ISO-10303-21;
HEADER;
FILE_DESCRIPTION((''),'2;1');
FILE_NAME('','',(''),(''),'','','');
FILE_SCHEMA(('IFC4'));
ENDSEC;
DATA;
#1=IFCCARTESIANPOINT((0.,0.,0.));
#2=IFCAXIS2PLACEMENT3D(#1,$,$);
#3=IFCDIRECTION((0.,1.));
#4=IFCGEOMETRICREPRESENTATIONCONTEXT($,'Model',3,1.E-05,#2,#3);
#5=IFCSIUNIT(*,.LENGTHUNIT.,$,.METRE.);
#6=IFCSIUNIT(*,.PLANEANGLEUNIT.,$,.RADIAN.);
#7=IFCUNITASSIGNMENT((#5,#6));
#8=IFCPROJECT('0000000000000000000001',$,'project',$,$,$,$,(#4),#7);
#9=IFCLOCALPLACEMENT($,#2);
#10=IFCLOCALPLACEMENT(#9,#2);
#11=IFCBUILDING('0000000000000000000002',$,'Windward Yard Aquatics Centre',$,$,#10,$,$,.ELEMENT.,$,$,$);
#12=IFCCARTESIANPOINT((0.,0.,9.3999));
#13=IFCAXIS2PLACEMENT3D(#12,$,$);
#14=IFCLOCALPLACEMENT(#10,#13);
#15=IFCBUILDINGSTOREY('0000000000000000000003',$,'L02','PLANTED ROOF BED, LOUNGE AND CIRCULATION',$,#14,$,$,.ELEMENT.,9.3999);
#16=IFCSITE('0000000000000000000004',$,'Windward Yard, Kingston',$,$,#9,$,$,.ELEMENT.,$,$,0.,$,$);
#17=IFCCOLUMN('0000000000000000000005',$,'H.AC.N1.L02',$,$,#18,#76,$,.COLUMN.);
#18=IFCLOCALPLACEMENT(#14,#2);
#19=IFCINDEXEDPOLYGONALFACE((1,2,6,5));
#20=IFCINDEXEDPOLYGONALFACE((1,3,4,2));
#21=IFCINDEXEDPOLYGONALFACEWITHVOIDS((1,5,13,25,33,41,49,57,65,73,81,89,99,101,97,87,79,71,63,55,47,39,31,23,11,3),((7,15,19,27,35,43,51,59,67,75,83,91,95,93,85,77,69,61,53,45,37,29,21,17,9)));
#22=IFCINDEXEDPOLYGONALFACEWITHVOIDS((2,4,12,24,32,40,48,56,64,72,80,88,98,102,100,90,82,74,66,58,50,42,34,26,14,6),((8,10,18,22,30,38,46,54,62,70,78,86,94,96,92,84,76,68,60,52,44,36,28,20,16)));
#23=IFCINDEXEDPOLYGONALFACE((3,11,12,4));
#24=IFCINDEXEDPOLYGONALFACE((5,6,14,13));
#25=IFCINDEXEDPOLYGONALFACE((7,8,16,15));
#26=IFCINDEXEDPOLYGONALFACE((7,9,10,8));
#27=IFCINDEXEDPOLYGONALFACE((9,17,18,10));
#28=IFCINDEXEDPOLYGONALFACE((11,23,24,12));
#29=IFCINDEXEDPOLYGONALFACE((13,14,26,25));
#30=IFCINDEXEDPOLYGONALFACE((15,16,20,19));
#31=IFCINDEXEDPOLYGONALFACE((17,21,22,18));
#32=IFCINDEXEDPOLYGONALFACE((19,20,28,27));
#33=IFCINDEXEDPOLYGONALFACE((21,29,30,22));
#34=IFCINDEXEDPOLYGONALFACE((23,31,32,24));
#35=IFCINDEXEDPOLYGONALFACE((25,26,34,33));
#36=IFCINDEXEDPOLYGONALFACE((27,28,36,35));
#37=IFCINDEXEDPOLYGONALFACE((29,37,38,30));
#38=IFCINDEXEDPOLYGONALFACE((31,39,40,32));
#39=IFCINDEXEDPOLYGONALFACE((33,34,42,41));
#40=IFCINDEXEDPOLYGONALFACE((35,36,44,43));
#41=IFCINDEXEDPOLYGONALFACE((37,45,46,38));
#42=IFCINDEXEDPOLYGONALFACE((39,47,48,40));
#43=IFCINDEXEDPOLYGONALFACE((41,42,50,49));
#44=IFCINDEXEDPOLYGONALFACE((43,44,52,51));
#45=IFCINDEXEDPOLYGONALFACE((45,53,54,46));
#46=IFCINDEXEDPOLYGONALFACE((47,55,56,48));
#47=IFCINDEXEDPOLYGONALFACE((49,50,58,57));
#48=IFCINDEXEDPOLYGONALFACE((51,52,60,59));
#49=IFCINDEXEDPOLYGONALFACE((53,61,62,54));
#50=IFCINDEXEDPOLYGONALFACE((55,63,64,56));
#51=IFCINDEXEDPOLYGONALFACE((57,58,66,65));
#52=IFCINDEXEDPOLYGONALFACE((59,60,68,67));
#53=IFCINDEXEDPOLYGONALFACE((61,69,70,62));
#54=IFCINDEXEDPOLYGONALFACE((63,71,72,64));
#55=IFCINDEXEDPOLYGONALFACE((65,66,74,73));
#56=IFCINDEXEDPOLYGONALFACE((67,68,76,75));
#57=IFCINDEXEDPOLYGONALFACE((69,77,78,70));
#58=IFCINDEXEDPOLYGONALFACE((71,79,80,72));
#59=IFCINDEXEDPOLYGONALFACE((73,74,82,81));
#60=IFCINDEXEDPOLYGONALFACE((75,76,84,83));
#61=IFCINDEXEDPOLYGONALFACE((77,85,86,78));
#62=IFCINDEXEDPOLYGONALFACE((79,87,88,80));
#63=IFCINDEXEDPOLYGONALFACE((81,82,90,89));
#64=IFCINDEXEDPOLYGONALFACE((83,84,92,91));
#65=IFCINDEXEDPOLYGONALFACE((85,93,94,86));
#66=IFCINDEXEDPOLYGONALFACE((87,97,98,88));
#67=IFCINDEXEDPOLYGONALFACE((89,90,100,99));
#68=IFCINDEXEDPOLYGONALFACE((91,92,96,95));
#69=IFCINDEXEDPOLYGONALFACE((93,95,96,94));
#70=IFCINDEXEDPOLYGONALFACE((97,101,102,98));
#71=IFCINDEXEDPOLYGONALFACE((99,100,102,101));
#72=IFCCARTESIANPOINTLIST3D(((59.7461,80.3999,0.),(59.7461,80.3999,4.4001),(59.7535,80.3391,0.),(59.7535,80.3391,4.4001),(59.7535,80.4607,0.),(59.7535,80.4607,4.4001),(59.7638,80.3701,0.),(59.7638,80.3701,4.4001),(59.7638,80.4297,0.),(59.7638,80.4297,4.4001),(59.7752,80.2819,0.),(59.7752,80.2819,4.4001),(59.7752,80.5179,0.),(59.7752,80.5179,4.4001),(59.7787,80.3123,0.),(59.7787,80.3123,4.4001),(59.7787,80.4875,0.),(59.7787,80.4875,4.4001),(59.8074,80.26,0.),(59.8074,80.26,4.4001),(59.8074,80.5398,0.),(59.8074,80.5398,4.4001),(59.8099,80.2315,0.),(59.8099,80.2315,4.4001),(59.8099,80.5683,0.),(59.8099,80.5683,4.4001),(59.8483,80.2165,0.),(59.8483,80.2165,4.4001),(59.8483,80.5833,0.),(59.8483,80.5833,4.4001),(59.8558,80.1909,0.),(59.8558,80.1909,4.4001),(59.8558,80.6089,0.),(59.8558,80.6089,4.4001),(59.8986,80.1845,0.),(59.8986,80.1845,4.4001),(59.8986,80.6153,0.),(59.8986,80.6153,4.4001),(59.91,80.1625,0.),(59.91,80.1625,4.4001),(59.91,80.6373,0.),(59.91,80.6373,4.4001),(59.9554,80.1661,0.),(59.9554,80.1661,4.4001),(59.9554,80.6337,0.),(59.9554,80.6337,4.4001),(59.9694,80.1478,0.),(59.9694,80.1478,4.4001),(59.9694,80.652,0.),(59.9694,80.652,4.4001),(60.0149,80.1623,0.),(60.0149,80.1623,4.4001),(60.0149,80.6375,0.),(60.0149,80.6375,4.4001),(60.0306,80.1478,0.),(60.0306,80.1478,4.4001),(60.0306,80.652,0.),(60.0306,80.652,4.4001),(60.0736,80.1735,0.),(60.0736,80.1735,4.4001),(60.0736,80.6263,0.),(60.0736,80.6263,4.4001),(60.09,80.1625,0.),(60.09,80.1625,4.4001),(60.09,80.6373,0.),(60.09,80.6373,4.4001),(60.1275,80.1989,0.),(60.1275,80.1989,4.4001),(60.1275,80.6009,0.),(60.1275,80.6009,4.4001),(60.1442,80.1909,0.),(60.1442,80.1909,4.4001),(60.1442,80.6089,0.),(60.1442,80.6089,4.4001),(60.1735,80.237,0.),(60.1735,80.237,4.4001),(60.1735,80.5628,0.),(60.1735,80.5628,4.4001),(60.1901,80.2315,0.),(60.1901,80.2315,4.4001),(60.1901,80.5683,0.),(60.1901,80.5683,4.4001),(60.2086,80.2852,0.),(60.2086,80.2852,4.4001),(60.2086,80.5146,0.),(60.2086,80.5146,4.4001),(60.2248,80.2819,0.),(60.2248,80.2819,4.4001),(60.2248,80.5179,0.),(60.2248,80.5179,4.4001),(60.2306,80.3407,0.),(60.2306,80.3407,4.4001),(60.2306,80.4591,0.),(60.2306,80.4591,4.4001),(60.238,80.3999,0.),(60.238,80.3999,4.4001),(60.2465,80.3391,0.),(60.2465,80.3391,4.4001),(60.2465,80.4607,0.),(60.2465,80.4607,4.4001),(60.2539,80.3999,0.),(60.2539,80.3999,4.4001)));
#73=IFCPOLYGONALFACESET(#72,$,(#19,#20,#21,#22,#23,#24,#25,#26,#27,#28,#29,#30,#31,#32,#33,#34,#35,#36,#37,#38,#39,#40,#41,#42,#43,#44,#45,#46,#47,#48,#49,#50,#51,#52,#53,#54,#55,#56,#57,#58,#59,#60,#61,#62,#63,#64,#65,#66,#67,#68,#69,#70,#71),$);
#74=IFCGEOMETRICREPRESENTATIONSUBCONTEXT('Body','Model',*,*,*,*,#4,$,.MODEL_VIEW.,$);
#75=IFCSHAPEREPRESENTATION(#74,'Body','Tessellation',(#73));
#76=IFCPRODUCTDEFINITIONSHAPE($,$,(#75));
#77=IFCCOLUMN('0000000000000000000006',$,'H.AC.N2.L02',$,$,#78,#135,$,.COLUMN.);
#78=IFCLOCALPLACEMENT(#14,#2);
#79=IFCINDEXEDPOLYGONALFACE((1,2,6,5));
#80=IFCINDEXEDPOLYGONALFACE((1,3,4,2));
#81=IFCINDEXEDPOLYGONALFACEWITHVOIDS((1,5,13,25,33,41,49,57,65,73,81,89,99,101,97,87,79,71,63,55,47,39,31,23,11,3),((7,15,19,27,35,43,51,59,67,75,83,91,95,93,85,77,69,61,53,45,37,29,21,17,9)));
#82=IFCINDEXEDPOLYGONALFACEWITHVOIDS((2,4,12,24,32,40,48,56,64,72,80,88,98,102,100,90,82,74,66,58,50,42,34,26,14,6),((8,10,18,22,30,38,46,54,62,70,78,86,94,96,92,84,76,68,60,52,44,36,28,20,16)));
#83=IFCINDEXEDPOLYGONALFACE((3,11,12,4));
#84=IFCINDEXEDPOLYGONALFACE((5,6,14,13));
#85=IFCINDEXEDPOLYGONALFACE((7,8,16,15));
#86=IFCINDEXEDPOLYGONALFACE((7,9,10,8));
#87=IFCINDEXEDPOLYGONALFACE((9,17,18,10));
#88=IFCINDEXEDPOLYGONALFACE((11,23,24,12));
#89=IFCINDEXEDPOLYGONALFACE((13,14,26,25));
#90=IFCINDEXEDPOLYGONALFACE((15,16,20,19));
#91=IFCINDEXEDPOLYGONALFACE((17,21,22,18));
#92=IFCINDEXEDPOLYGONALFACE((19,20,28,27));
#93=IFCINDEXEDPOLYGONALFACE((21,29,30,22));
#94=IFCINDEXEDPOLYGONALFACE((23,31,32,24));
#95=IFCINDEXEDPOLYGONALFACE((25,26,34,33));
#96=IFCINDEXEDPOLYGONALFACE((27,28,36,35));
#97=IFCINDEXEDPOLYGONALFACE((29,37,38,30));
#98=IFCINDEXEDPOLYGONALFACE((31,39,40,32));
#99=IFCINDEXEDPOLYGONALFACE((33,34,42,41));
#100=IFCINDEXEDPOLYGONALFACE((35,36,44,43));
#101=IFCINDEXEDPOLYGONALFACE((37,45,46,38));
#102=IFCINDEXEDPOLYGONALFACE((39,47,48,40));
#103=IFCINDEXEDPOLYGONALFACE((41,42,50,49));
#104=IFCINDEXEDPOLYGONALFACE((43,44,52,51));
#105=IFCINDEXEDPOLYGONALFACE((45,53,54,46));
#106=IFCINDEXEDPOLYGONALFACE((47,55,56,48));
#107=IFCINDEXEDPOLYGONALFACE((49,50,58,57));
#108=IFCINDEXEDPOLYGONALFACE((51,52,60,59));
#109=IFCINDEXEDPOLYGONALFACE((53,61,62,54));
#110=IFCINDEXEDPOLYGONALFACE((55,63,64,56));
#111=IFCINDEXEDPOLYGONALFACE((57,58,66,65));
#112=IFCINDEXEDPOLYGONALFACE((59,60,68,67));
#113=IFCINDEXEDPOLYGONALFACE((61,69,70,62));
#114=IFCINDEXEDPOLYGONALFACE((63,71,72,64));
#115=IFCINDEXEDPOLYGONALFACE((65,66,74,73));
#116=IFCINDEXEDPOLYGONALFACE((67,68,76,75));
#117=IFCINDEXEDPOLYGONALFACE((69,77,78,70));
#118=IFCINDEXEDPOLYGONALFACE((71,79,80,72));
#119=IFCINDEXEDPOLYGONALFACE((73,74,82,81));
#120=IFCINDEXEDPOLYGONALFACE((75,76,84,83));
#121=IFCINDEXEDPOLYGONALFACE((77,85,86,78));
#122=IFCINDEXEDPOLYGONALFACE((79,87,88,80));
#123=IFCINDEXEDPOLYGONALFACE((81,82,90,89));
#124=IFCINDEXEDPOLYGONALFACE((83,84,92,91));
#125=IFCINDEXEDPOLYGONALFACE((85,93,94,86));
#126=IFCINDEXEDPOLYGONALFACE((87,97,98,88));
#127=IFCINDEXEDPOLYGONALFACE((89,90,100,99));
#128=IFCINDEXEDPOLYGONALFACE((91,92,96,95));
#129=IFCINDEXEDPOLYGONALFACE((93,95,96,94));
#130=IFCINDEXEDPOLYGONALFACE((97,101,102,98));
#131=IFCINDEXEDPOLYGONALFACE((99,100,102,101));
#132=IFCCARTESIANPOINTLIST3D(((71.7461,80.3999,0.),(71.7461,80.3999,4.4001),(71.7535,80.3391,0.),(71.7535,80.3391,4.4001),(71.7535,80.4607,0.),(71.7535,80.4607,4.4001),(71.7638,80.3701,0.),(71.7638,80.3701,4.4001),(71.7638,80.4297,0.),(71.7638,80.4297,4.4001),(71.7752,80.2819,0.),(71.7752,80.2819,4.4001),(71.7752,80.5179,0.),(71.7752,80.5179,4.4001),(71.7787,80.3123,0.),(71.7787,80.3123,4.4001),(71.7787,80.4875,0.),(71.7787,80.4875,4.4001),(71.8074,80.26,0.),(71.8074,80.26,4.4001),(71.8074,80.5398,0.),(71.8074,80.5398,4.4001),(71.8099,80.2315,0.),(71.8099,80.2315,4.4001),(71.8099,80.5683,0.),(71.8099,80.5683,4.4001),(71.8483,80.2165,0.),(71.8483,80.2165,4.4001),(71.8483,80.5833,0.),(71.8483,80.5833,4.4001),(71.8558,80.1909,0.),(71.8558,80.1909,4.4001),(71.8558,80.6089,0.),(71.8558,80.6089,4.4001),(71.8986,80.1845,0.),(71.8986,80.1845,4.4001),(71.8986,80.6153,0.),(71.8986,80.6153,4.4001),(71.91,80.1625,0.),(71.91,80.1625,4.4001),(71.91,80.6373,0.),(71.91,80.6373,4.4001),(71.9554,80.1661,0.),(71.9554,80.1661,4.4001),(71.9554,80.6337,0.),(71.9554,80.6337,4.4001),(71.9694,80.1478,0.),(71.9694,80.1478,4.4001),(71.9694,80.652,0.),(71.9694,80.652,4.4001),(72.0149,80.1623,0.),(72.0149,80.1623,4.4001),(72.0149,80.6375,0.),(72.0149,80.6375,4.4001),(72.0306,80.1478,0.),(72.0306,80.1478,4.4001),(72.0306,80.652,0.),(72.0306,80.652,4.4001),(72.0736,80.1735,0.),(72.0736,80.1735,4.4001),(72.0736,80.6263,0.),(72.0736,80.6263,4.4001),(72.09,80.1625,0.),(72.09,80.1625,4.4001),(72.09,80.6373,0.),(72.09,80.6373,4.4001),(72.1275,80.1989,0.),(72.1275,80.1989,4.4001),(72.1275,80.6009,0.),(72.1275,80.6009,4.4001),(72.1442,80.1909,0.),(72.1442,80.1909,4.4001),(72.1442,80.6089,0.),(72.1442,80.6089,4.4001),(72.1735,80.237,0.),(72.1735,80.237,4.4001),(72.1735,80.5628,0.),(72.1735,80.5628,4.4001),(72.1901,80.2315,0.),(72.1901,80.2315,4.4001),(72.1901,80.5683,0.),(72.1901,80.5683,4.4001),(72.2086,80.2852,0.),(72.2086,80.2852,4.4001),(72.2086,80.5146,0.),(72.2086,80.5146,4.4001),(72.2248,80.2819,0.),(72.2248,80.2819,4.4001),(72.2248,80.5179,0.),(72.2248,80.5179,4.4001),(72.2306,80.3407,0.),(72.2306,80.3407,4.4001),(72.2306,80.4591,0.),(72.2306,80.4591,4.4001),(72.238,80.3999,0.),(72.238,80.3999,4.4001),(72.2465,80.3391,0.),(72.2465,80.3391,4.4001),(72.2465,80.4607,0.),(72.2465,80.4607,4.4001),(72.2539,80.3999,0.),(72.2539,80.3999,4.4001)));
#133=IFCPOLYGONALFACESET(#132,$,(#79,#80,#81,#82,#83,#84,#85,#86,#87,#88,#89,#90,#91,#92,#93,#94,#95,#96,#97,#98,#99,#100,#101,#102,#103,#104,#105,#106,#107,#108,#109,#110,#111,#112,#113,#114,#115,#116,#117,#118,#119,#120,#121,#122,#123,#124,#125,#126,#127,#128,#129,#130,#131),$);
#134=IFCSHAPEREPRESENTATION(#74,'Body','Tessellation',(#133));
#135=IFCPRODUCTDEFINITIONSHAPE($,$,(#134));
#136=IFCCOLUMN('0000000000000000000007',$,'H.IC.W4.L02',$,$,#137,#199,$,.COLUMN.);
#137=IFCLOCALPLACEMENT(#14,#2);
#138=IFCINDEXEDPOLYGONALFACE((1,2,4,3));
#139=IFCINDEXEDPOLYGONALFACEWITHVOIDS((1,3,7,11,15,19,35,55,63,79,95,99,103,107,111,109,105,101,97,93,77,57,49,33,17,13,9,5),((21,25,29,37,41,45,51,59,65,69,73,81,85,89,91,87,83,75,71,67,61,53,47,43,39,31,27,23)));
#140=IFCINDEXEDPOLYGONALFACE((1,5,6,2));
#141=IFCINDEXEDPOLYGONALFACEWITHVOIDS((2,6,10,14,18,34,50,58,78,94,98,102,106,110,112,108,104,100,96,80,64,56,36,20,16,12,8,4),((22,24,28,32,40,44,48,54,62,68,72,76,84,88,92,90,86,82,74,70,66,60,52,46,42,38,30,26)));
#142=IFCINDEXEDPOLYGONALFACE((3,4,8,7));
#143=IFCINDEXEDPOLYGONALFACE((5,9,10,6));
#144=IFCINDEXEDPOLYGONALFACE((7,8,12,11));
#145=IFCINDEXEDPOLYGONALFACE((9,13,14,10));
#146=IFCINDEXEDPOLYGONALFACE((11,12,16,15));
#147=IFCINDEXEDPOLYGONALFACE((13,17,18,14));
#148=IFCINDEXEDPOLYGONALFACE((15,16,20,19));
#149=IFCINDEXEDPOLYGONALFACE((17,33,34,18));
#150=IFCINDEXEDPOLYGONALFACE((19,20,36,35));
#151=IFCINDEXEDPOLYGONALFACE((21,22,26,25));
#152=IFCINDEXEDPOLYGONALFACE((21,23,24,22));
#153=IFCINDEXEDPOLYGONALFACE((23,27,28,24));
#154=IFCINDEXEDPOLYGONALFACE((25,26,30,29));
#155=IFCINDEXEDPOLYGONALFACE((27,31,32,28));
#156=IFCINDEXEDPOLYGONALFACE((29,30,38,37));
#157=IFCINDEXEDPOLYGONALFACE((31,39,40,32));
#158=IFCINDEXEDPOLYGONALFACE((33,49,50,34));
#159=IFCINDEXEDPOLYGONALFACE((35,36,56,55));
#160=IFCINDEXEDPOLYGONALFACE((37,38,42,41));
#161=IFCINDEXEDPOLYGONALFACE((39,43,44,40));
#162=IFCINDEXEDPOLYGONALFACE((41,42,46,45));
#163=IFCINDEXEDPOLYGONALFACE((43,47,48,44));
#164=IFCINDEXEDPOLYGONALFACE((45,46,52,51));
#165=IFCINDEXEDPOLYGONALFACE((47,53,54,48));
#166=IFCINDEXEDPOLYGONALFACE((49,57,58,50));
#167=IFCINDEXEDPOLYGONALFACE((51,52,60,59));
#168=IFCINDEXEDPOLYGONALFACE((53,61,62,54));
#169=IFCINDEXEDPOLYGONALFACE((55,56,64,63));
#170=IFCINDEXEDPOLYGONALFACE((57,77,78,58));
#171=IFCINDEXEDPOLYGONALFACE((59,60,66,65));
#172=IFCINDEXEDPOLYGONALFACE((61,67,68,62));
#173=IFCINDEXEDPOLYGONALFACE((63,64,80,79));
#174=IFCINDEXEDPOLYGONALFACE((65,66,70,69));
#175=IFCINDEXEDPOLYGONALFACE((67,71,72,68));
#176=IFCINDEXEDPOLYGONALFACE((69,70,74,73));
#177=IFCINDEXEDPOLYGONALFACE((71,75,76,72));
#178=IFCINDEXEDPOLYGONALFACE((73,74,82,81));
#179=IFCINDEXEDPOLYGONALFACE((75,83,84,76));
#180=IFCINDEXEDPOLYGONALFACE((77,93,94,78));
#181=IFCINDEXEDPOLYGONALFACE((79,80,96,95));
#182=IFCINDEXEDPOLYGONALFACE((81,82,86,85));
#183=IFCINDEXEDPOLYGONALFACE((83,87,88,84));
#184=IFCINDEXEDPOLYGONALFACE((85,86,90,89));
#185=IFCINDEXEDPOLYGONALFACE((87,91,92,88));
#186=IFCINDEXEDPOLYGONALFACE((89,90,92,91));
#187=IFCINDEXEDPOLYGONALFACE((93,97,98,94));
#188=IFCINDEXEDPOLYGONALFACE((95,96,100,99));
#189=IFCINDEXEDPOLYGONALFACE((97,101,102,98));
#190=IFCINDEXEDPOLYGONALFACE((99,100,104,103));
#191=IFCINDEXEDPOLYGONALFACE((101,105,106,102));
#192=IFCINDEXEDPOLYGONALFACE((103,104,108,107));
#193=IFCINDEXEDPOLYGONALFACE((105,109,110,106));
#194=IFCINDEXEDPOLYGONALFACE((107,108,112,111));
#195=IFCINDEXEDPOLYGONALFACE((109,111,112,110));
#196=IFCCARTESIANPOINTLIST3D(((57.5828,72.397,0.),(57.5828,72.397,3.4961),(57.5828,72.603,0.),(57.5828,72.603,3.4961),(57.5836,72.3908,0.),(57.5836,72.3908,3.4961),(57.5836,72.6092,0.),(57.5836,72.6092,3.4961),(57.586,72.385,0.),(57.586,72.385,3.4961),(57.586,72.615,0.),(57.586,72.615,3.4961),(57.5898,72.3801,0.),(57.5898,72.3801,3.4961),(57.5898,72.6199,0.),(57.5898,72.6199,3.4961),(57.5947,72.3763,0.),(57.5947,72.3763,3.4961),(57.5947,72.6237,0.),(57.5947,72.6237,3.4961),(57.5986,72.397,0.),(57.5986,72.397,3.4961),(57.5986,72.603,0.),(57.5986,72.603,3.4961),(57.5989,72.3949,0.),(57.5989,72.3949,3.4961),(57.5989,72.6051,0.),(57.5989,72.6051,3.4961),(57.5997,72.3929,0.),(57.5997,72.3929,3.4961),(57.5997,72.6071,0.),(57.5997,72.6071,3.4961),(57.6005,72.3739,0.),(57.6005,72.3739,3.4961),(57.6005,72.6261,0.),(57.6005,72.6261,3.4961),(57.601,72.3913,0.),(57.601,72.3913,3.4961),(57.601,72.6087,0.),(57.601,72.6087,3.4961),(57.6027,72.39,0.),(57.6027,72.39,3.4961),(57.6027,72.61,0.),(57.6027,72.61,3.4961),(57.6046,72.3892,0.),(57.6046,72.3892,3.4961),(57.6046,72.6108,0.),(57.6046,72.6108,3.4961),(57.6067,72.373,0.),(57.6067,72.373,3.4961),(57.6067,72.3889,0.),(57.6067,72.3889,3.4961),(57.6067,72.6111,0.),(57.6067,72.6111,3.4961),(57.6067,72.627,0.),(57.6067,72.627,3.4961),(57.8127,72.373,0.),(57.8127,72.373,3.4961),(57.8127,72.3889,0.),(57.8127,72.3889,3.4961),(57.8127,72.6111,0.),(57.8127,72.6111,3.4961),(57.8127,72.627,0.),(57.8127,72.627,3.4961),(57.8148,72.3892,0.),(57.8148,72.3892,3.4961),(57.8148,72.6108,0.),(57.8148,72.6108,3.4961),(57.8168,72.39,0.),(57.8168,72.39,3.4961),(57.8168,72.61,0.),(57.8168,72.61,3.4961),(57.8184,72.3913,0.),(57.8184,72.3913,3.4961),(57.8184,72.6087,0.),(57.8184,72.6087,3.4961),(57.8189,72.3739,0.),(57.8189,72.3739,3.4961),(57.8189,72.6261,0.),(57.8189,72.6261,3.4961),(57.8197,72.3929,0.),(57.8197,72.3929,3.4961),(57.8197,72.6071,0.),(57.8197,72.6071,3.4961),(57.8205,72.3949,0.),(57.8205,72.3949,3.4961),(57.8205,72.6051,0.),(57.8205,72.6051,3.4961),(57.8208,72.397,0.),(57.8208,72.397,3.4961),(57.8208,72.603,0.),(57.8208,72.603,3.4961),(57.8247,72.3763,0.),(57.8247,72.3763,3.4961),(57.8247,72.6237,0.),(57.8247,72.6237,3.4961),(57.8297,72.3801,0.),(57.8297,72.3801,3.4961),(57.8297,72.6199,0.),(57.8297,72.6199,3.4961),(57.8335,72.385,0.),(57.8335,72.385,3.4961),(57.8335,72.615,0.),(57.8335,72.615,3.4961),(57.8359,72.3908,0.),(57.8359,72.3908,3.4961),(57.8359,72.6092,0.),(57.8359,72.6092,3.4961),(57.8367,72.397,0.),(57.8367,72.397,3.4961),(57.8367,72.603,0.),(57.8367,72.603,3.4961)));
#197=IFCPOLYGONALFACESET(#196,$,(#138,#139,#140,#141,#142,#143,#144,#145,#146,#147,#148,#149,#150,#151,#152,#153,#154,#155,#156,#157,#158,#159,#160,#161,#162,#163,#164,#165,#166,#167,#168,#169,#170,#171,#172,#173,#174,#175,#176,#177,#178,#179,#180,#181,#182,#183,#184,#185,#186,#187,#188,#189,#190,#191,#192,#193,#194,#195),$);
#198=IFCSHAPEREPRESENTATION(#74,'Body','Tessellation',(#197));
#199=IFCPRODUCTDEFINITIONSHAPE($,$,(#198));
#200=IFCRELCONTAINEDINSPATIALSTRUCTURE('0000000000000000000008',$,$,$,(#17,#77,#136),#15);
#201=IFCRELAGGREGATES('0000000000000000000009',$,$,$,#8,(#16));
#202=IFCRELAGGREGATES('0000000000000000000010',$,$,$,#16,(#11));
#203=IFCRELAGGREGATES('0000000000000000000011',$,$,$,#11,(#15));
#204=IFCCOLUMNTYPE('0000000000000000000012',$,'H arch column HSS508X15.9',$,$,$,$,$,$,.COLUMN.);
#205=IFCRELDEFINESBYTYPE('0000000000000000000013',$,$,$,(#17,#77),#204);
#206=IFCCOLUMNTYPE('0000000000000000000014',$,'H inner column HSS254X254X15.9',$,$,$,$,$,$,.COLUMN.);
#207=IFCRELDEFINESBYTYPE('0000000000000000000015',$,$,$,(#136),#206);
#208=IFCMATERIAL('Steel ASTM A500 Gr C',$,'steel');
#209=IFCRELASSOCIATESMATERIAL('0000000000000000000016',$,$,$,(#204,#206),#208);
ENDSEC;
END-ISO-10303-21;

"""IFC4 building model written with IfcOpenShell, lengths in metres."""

from ifc_helpers import new_model, si_unit, direction, frame, origin, origin_2d, place, context, subcontext, project, spatial, hollow_rectangle, hollow_circle, extrude, material, material_profile, profile_set, type_object, element, save


model = new_model("IFC4")

# Units and contexts
model_context = context("Model", 3, precision=1e-05, world=origin(), true_north=direction((0.0, 1.0)))
body_context = subcontext(model_context, "Body", "Model", "MODEL_VIEW")
ifc_project = project(units=[si_unit("LENGTHUNIT", "METRE"), si_unit("PLANEANGLEUNIT", "RADIAN")], contexts=[model_context])

# Site, building, storey
site_placement = place(None, origin())
site = spatial("IfcSite", under=ifc_project, at=site_placement, Name="Windward Yard, Kingston", CompositionType="ELEMENT", RefElevation=0.0)
building_placement = place(site_placement, origin())
building = spatial("IfcBuilding", under=site, at=building_placement, Name="Windward Yard Aquatics Centre", CompositionType="ELEMENT")
storey_placement = place(building_placement, frame((0.0, 0.0, 9.3999)))
storey = spatial("IfcBuildingStorey", under=building, at=storey_placement, Name="L02", Description="PLANTED ROOF BED, LOUNGE AND CIRCULATION", CompositionType="ELEMENT", Elevation=9.3999)

# Columns
ifc_material_1 = material(Name="Steel ASTM A500 Gr C", Category="steel")
ifc_material_profile_1 = material_profile(ifc_material_1, hollow_circle(Radius=0.2539, WallThickness=0.0159, at=origin_2d()), Name="HSS508X15.9")
ifc_profile_set_1 = profile_set([ifc_material_profile_1], Name="Steel ASTM A500 Gr C")
column_type_1 = type_object("IfcColumnType", Name="H arch column HSS508X15.9", PredefinedType="COLUMN", material=ifc_profile_set_1)
for number, where, z_axis, x_axis, name in (
    (1, (60.0, 80.3999, 0.0), (0.0, 0.0, 1.0), (1.0, 0.0, 0.0), "H.AC.N1.L02"),
    (2, (72.0, 80.3999, 0.0), (0.0, 0.0, 1.0), (1.0, 0.0, 0.0), "H.AC.N2.L02"),
):
    element("IfcColumn", number, at=place(storey_placement, frame(where, z_axis=z_axis, x_axis=x_axis)), inside=storey, type_object=column_type_1, Name=name, PredefinedType="COLUMN", context=body_context, shape_type="SweptSolid", body=[
        extrude(hollow_circle(Radius=0.2539, WallThickness=0.0159, at=origin_2d()), origin(), (0.0, 0.0, 1.0), 4.4001),
    ])
ifc_material_profile_2 = material_profile(ifc_material_1, hollow_rectangle(XDim=0.2539, YDim=0.2539, WallThickness=0.0159, InnerFilletRadius=0.0081, OuterFilletRadius=0.0239, at=origin_2d()), Name="HSS254X254X15.9")
ifc_profile_set_2 = profile_set([ifc_material_profile_2], Name="Steel ASTM A500 Gr C")
column_type_2 = type_object("IfcColumnType", Name="H inner column HSS254X254X15.9", PredefinedType="COLUMN", material=ifc_profile_set_2)
for number, where, z_axis, x_axis, name in (
    (3, (57.7097, 72.5, 0.0), (0.0, 0.0, 1.0), (1.0, 0.0, 0.0), "H.IC.W4.L02"),
):
    element("IfcColumn", number, at=place(storey_placement, frame(where, z_axis=z_axis, x_axis=x_axis)), inside=storey, type_object=column_type_2, Name=name, PredefinedType="COLUMN", context=body_context, shape_type="SweptSolid", body=[
        extrude(hollow_rectangle(XDim=0.2539, YDim=0.2539, WallThickness=0.0159, InnerFilletRadius=0.0081, OuterFilletRadius=0.0239, at=origin_2d()), origin(), (0.0, 0.0, 1.0), 3.4961),
    ])

save(model, "model.ifc")
